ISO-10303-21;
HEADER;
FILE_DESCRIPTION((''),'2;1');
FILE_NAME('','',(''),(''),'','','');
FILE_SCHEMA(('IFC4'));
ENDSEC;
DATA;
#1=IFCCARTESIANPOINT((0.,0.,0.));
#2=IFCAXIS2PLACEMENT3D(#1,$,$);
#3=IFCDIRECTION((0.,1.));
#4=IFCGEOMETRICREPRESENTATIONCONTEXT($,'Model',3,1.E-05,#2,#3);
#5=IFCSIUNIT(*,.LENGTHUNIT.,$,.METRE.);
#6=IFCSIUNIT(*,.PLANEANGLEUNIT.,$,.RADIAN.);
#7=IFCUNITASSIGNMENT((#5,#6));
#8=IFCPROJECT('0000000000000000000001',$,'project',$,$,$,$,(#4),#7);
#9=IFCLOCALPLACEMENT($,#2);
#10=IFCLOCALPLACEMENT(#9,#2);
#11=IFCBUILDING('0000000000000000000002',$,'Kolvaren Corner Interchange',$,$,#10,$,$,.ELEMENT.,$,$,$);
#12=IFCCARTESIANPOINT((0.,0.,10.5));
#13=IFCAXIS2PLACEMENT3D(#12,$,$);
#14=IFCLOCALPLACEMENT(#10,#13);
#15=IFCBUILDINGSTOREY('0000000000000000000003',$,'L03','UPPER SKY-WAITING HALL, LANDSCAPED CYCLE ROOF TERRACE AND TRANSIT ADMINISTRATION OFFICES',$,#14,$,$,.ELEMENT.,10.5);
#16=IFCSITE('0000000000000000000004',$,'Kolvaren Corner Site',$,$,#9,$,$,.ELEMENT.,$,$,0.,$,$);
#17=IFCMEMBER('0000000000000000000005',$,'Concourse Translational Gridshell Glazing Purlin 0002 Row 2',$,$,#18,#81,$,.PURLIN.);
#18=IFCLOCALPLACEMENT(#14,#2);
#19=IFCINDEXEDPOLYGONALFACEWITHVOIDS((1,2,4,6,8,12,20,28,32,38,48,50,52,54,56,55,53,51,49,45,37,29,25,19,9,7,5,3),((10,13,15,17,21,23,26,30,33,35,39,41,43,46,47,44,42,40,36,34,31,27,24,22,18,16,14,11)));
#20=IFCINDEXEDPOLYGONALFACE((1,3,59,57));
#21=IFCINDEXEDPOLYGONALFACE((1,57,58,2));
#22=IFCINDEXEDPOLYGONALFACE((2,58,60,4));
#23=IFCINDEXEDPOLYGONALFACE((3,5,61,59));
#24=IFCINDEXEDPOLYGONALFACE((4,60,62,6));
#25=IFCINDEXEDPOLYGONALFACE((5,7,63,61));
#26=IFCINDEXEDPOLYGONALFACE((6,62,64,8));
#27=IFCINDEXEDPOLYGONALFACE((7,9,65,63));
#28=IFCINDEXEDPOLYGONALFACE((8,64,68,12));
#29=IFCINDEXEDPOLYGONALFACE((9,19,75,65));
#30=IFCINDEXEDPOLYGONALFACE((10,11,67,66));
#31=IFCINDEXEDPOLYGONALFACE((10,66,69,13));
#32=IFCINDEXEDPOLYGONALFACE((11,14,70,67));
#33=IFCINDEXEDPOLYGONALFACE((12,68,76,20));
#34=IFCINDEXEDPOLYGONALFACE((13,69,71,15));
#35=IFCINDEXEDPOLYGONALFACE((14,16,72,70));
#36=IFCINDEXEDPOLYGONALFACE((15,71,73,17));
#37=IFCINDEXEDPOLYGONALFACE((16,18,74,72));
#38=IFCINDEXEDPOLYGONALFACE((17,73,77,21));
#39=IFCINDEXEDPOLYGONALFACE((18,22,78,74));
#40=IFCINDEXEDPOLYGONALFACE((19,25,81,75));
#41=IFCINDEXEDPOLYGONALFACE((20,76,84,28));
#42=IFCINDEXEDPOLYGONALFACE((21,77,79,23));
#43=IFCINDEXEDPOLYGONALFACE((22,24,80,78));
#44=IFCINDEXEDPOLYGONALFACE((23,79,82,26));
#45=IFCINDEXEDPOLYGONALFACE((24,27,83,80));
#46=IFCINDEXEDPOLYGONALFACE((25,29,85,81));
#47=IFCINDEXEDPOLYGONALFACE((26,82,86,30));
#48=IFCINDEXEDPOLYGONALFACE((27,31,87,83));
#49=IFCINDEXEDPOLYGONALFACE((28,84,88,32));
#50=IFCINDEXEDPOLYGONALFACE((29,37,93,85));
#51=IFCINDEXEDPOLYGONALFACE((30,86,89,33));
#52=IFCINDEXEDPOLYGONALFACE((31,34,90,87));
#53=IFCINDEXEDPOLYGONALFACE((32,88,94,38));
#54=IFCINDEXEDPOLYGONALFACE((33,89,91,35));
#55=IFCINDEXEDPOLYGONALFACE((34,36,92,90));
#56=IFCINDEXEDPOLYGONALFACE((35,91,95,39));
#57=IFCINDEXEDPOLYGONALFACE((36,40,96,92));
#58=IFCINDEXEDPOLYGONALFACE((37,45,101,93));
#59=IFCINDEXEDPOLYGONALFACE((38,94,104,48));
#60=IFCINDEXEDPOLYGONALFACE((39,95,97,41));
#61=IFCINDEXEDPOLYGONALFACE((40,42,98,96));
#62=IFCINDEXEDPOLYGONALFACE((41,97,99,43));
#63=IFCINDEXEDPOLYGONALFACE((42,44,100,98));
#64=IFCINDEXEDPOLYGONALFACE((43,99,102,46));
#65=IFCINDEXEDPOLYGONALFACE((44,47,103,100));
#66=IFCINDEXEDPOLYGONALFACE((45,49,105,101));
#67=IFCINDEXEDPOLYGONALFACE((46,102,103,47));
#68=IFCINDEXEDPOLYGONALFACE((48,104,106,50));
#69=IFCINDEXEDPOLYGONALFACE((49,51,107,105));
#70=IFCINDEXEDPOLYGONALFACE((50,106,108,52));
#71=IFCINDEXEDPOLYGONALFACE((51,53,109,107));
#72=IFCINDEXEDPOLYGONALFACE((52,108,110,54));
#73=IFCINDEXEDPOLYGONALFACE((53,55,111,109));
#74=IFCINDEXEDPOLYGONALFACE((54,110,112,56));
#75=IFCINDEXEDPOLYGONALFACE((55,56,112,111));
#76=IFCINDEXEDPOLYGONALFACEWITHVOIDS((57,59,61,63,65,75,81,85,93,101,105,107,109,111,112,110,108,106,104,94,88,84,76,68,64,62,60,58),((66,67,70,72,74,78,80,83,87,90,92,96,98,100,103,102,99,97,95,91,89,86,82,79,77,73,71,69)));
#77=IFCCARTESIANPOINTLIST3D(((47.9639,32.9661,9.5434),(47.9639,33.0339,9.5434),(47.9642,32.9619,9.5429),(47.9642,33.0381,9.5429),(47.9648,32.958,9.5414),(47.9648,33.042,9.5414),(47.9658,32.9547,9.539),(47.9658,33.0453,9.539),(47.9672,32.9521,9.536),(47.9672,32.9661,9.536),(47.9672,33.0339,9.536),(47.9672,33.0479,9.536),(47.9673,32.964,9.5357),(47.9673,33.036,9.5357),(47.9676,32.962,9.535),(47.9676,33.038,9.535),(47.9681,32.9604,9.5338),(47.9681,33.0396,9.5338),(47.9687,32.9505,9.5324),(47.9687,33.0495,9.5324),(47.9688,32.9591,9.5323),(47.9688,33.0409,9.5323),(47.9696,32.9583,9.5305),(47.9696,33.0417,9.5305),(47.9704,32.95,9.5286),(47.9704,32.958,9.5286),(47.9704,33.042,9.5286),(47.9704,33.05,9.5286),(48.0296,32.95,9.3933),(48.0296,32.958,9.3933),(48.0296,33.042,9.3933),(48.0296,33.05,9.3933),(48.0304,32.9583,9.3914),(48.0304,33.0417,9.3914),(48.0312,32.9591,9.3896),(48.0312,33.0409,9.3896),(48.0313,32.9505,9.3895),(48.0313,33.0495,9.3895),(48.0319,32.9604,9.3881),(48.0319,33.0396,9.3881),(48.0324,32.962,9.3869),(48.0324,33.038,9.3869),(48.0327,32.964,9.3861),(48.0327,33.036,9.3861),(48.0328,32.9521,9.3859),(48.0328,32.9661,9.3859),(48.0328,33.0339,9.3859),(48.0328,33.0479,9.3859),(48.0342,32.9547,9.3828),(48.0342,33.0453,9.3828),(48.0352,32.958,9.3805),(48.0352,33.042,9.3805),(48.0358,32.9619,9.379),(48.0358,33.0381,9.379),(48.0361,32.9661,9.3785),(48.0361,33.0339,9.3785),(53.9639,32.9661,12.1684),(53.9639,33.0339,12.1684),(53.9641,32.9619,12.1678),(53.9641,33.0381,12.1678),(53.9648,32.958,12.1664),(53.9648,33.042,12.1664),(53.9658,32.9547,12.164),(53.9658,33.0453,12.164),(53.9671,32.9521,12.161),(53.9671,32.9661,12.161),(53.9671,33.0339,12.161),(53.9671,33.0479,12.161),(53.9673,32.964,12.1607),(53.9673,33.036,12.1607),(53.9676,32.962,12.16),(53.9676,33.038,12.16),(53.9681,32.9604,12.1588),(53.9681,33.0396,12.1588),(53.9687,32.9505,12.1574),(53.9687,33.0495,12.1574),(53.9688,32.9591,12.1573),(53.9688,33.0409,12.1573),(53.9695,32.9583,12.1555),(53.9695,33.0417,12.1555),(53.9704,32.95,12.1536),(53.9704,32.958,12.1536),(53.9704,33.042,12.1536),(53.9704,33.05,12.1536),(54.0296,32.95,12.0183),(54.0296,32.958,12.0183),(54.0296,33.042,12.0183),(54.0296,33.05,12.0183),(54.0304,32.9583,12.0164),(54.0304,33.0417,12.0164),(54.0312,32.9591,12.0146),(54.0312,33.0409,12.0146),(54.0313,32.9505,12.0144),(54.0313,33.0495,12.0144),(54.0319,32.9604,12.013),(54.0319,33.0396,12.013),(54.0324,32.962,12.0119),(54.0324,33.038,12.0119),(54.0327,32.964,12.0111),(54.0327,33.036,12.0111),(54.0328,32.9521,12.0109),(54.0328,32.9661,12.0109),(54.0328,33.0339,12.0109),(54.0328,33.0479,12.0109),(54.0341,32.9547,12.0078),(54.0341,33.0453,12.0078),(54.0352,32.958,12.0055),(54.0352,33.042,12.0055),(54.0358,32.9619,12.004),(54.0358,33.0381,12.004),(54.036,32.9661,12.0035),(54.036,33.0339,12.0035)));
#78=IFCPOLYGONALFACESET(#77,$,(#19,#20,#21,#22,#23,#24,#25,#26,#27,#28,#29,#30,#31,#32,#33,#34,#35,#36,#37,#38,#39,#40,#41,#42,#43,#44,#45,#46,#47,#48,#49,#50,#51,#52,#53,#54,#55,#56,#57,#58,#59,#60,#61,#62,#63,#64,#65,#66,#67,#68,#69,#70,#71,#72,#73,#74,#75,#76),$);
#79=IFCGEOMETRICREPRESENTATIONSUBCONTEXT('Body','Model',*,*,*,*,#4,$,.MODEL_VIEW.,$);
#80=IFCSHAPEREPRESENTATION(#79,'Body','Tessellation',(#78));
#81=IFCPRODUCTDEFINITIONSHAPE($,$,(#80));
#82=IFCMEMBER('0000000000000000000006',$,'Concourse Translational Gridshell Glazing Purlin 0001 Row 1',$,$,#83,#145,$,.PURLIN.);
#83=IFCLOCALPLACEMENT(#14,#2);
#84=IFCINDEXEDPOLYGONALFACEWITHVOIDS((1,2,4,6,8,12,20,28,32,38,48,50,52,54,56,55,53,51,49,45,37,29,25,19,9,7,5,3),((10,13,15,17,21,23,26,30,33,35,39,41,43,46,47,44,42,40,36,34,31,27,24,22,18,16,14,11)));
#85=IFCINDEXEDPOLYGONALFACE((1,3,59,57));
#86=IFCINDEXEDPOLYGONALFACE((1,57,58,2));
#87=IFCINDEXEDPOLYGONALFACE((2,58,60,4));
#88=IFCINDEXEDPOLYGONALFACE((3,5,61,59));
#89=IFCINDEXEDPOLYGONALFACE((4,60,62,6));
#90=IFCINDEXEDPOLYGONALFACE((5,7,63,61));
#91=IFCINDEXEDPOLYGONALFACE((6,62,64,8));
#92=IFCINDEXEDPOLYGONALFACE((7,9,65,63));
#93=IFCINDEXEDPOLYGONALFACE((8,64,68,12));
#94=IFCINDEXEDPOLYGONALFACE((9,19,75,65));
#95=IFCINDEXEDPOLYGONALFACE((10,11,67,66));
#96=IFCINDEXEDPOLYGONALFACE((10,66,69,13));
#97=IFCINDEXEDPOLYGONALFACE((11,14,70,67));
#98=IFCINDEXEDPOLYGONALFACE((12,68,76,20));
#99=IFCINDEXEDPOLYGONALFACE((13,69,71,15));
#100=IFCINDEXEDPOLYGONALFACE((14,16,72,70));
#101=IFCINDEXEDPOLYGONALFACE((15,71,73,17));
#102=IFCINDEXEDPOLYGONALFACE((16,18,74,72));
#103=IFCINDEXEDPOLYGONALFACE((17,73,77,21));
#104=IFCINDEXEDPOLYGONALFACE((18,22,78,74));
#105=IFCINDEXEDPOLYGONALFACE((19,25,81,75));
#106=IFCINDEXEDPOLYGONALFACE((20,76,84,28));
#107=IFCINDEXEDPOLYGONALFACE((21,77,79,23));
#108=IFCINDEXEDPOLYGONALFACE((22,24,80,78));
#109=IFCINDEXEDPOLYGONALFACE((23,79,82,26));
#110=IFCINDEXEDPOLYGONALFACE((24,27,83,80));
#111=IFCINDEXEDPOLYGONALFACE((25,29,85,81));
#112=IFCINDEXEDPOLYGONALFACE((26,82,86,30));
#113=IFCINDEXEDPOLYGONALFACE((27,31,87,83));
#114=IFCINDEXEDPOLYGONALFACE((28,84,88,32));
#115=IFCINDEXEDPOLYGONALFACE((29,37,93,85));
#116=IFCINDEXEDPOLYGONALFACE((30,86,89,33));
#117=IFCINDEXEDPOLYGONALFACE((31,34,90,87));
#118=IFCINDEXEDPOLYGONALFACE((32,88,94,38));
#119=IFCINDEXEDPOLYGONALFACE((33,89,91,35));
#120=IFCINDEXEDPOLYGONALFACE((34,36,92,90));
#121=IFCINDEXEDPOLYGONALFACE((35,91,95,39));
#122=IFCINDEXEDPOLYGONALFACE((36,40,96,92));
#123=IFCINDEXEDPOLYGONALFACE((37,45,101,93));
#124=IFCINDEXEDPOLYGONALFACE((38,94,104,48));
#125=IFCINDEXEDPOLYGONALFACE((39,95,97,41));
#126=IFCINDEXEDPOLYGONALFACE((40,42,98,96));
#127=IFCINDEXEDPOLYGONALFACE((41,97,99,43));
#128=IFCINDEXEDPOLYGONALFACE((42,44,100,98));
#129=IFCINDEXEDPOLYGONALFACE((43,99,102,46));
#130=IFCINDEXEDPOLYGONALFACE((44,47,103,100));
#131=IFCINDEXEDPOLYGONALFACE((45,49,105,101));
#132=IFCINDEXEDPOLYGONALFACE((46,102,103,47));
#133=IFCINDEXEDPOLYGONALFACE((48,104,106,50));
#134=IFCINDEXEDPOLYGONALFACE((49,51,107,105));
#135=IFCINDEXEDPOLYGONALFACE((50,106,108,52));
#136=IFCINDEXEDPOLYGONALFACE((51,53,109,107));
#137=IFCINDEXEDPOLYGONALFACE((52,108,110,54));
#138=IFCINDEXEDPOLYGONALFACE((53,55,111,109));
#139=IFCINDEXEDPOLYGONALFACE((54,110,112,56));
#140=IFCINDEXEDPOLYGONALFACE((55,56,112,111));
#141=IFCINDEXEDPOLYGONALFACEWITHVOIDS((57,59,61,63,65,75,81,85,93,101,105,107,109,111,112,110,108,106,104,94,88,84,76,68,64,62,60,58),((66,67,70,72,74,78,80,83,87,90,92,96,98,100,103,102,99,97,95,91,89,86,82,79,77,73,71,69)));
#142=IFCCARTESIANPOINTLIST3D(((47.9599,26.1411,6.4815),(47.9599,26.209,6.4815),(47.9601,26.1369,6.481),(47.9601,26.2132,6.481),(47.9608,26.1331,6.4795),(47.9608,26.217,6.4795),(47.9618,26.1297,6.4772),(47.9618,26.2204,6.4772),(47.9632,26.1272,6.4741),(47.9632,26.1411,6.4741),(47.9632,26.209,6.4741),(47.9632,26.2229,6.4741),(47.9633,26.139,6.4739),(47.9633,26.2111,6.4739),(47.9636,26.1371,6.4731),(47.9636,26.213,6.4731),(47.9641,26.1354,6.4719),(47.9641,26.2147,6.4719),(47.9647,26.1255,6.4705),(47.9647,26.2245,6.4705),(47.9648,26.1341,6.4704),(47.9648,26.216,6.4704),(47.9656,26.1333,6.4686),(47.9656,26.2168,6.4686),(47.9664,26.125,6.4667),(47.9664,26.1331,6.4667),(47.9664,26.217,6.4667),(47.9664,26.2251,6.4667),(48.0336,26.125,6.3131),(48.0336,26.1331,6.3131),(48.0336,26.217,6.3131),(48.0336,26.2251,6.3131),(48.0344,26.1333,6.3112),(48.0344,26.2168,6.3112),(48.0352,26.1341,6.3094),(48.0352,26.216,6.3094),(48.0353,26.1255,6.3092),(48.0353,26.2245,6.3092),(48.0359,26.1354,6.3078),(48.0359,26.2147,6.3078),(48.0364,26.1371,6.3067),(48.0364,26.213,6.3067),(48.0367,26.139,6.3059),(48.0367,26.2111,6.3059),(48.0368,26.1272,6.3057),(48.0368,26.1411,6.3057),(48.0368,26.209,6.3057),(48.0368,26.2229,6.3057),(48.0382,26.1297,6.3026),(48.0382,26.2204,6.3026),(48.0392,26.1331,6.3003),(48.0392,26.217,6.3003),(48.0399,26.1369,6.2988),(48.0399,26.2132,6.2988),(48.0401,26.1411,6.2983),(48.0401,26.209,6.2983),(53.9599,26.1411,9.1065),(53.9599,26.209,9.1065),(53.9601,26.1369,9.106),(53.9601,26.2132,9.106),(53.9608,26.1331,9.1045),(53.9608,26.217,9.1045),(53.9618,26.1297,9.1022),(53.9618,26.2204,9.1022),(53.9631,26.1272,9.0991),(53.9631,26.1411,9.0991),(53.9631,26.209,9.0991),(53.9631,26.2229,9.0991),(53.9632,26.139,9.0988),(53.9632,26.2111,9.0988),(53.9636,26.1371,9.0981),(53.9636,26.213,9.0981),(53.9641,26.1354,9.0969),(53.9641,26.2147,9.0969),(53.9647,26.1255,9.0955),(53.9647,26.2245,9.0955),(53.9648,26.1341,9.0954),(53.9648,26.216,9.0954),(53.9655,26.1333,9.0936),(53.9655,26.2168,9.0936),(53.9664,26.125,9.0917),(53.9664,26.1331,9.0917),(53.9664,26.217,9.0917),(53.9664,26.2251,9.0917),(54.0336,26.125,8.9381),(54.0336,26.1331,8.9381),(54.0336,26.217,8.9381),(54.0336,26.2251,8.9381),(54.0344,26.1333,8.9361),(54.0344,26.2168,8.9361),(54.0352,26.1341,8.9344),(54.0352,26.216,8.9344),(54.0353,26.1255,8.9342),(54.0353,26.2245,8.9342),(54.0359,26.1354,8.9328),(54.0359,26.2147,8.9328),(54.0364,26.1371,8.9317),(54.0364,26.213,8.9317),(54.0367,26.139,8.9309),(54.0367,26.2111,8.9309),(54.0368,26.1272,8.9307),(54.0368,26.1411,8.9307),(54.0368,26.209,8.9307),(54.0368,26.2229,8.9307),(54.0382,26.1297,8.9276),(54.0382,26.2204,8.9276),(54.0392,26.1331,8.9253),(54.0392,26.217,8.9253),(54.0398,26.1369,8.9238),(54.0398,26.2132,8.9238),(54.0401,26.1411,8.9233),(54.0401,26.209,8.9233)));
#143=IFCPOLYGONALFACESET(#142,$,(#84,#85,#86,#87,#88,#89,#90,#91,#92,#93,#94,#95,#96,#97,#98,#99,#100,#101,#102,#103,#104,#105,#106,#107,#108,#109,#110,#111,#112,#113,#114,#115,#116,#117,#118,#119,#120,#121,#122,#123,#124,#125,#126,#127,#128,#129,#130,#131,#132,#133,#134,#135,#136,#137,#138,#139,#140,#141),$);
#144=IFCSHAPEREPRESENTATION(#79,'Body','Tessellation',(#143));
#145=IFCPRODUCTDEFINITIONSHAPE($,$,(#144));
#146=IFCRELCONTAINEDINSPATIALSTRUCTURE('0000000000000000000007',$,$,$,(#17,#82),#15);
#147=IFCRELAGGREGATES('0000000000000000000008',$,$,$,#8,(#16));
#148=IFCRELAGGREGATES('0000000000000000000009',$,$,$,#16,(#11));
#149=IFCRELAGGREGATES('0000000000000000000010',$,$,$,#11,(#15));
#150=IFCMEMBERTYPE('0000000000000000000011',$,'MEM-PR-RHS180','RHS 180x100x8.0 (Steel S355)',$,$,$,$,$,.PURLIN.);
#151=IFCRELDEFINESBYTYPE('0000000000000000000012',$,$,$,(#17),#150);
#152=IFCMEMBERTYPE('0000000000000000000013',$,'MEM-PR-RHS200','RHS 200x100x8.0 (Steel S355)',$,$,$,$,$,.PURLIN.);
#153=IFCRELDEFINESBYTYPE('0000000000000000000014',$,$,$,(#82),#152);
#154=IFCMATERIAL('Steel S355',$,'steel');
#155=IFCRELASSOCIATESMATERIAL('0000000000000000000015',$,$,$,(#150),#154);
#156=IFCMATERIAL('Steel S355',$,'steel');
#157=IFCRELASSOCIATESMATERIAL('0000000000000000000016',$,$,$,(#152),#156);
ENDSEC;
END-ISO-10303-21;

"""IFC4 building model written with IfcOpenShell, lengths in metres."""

from ifc_helpers import new_model, si_unit, direction, frame, origin, origin_2d, place, context, subcontext, project, spatial, hollow_rectangle, extrude, material, material_profile, profile_set, type_object, element, save


model = new_model("IFC4")

# Units and contexts
model_context = context("Model", 3, precision=1e-05, world=origin(), true_north=direction((0.0, 1.0)))
body_context = subcontext(model_context, "Body", "Model", "MODEL_VIEW")
ifc_project = project(units=[si_unit("LENGTHUNIT", "METRE"), si_unit("PLANEANGLEUNIT", "RADIAN")], contexts=[model_context])

# Site, building, storey
site_placement = place(None, origin())
site = spatial("IfcSite", under=ifc_project, at=site_placement, Name="Kolvaren Corner Site", CompositionType="ELEMENT", RefElevation=0.0)
building_placement = place(site_placement, origin())
building = spatial("IfcBuilding", under=site, at=building_placement, Name="Kolvaren Corner Interchange", CompositionType="ELEMENT")
storey_placement = place(building_placement, frame((0.0, 0.0, 10.5)))
storey = spatial("IfcBuildingStorey", under=building, at=storey_placement, Name="L03", Description="UPPER SKY-WAITING HALL, LANDSCAPED CYCLE ROOF TERRACE AND TRANSIT ADMINISTRATION OFFICES", CompositionType="ELEMENT", Elevation=10.5)

# Members
ifc_material_1 = material(Name="Steel S355", Category="steel")
ifc_material_profile_1 = material_profile(ifc_material_1, hollow_rectangle(XDim=0.1001, YDim=0.1799, WallThickness=0.0081, InnerFilletRadius=0.0081, OuterFilletRadius=0.0161, at=origin_2d()), Name="RHS 180x100x8.0")
ifc_profile_set_1 = profile_set([ifc_material_profile_1], Name="Steel S355")
member_type_1 = type_object("IfcMemberType", Name="MEM-PR-RHS180", Description="RHS 180x100x8.0 (Steel S355)", PredefinedType="PURLIN", material=ifc_profile_set_1)
for number, where, z_axis, x_axis, name in (
    (1, (48.0, 33.0, 9.4609), (0.916157, 0.0, 0.400819), (0.0, 1.0, 0.0), "Concourse Translational Gridshell Glazing Purlin 0002 Row 2"),
):
    element("IfcMember", number, at=place(storey_placement, frame(where, z_axis=z_axis, x_axis=x_axis)), inside=storey, type_object=member_type_1, Name=name, PredefinedType="PURLIN", context=body_context, shape_type="SweptSolid", body=[
        extrude(hollow_rectangle(XDim=0.1001, YDim=0.1799, WallThickness=0.0081, InnerFilletRadius=0.0081, OuterFilletRadius=0.0161, at=origin_2d()), origin(), (0.0, 0.0, 1.0), 6.5491),
    ])
ifc_material_2 = material(Name="Steel S355", Category="steel")
ifc_material_profile_2 = material_profile(ifc_material_2, hollow_rectangle(XDim=0.1001, YDim=0.2, WallThickness=0.0081, InnerFilletRadius=0.0081, OuterFilletRadius=0.0161, at=origin_2d()), Name="RHS 200x100x8.0")
ifc_profile_set_2 = profile_set([ifc_material_profile_2], Name="Steel S355")
member_type_2 = type_object("IfcMemberType", Name="MEM-PR-RHS200", Description="RHS 200x100x8.0 (Steel S355)", PredefinedType="PURLIN", material=ifc_profile_set_2)
for number, where, z_axis, x_axis, name in (
    (2, (48.0, 26.175, 6.3899), (0.916157, 0.0, 0.400819), (0.0, 1.0, 0.0), "Concourse Translational Gridshell Glazing Purlin 0001 Row 1"),
):
    element("IfcMember", number, at=place(storey_placement, frame(where, z_axis=z_axis, x_axis=x_axis)), inside=storey, type_object=member_type_2, Name=name, PredefinedType="PURLIN", context=body_context, shape_type="SweptSolid", body=[
        extrude(hollow_rectangle(XDim=0.1001, YDim=0.2, WallThickness=0.0081, InnerFilletRadius=0.0081, OuterFilletRadius=0.0161, at=origin_2d()), origin(), (0.0, 0.0, 1.0), 6.5491),
    ])

save(model, "model.ifc")
